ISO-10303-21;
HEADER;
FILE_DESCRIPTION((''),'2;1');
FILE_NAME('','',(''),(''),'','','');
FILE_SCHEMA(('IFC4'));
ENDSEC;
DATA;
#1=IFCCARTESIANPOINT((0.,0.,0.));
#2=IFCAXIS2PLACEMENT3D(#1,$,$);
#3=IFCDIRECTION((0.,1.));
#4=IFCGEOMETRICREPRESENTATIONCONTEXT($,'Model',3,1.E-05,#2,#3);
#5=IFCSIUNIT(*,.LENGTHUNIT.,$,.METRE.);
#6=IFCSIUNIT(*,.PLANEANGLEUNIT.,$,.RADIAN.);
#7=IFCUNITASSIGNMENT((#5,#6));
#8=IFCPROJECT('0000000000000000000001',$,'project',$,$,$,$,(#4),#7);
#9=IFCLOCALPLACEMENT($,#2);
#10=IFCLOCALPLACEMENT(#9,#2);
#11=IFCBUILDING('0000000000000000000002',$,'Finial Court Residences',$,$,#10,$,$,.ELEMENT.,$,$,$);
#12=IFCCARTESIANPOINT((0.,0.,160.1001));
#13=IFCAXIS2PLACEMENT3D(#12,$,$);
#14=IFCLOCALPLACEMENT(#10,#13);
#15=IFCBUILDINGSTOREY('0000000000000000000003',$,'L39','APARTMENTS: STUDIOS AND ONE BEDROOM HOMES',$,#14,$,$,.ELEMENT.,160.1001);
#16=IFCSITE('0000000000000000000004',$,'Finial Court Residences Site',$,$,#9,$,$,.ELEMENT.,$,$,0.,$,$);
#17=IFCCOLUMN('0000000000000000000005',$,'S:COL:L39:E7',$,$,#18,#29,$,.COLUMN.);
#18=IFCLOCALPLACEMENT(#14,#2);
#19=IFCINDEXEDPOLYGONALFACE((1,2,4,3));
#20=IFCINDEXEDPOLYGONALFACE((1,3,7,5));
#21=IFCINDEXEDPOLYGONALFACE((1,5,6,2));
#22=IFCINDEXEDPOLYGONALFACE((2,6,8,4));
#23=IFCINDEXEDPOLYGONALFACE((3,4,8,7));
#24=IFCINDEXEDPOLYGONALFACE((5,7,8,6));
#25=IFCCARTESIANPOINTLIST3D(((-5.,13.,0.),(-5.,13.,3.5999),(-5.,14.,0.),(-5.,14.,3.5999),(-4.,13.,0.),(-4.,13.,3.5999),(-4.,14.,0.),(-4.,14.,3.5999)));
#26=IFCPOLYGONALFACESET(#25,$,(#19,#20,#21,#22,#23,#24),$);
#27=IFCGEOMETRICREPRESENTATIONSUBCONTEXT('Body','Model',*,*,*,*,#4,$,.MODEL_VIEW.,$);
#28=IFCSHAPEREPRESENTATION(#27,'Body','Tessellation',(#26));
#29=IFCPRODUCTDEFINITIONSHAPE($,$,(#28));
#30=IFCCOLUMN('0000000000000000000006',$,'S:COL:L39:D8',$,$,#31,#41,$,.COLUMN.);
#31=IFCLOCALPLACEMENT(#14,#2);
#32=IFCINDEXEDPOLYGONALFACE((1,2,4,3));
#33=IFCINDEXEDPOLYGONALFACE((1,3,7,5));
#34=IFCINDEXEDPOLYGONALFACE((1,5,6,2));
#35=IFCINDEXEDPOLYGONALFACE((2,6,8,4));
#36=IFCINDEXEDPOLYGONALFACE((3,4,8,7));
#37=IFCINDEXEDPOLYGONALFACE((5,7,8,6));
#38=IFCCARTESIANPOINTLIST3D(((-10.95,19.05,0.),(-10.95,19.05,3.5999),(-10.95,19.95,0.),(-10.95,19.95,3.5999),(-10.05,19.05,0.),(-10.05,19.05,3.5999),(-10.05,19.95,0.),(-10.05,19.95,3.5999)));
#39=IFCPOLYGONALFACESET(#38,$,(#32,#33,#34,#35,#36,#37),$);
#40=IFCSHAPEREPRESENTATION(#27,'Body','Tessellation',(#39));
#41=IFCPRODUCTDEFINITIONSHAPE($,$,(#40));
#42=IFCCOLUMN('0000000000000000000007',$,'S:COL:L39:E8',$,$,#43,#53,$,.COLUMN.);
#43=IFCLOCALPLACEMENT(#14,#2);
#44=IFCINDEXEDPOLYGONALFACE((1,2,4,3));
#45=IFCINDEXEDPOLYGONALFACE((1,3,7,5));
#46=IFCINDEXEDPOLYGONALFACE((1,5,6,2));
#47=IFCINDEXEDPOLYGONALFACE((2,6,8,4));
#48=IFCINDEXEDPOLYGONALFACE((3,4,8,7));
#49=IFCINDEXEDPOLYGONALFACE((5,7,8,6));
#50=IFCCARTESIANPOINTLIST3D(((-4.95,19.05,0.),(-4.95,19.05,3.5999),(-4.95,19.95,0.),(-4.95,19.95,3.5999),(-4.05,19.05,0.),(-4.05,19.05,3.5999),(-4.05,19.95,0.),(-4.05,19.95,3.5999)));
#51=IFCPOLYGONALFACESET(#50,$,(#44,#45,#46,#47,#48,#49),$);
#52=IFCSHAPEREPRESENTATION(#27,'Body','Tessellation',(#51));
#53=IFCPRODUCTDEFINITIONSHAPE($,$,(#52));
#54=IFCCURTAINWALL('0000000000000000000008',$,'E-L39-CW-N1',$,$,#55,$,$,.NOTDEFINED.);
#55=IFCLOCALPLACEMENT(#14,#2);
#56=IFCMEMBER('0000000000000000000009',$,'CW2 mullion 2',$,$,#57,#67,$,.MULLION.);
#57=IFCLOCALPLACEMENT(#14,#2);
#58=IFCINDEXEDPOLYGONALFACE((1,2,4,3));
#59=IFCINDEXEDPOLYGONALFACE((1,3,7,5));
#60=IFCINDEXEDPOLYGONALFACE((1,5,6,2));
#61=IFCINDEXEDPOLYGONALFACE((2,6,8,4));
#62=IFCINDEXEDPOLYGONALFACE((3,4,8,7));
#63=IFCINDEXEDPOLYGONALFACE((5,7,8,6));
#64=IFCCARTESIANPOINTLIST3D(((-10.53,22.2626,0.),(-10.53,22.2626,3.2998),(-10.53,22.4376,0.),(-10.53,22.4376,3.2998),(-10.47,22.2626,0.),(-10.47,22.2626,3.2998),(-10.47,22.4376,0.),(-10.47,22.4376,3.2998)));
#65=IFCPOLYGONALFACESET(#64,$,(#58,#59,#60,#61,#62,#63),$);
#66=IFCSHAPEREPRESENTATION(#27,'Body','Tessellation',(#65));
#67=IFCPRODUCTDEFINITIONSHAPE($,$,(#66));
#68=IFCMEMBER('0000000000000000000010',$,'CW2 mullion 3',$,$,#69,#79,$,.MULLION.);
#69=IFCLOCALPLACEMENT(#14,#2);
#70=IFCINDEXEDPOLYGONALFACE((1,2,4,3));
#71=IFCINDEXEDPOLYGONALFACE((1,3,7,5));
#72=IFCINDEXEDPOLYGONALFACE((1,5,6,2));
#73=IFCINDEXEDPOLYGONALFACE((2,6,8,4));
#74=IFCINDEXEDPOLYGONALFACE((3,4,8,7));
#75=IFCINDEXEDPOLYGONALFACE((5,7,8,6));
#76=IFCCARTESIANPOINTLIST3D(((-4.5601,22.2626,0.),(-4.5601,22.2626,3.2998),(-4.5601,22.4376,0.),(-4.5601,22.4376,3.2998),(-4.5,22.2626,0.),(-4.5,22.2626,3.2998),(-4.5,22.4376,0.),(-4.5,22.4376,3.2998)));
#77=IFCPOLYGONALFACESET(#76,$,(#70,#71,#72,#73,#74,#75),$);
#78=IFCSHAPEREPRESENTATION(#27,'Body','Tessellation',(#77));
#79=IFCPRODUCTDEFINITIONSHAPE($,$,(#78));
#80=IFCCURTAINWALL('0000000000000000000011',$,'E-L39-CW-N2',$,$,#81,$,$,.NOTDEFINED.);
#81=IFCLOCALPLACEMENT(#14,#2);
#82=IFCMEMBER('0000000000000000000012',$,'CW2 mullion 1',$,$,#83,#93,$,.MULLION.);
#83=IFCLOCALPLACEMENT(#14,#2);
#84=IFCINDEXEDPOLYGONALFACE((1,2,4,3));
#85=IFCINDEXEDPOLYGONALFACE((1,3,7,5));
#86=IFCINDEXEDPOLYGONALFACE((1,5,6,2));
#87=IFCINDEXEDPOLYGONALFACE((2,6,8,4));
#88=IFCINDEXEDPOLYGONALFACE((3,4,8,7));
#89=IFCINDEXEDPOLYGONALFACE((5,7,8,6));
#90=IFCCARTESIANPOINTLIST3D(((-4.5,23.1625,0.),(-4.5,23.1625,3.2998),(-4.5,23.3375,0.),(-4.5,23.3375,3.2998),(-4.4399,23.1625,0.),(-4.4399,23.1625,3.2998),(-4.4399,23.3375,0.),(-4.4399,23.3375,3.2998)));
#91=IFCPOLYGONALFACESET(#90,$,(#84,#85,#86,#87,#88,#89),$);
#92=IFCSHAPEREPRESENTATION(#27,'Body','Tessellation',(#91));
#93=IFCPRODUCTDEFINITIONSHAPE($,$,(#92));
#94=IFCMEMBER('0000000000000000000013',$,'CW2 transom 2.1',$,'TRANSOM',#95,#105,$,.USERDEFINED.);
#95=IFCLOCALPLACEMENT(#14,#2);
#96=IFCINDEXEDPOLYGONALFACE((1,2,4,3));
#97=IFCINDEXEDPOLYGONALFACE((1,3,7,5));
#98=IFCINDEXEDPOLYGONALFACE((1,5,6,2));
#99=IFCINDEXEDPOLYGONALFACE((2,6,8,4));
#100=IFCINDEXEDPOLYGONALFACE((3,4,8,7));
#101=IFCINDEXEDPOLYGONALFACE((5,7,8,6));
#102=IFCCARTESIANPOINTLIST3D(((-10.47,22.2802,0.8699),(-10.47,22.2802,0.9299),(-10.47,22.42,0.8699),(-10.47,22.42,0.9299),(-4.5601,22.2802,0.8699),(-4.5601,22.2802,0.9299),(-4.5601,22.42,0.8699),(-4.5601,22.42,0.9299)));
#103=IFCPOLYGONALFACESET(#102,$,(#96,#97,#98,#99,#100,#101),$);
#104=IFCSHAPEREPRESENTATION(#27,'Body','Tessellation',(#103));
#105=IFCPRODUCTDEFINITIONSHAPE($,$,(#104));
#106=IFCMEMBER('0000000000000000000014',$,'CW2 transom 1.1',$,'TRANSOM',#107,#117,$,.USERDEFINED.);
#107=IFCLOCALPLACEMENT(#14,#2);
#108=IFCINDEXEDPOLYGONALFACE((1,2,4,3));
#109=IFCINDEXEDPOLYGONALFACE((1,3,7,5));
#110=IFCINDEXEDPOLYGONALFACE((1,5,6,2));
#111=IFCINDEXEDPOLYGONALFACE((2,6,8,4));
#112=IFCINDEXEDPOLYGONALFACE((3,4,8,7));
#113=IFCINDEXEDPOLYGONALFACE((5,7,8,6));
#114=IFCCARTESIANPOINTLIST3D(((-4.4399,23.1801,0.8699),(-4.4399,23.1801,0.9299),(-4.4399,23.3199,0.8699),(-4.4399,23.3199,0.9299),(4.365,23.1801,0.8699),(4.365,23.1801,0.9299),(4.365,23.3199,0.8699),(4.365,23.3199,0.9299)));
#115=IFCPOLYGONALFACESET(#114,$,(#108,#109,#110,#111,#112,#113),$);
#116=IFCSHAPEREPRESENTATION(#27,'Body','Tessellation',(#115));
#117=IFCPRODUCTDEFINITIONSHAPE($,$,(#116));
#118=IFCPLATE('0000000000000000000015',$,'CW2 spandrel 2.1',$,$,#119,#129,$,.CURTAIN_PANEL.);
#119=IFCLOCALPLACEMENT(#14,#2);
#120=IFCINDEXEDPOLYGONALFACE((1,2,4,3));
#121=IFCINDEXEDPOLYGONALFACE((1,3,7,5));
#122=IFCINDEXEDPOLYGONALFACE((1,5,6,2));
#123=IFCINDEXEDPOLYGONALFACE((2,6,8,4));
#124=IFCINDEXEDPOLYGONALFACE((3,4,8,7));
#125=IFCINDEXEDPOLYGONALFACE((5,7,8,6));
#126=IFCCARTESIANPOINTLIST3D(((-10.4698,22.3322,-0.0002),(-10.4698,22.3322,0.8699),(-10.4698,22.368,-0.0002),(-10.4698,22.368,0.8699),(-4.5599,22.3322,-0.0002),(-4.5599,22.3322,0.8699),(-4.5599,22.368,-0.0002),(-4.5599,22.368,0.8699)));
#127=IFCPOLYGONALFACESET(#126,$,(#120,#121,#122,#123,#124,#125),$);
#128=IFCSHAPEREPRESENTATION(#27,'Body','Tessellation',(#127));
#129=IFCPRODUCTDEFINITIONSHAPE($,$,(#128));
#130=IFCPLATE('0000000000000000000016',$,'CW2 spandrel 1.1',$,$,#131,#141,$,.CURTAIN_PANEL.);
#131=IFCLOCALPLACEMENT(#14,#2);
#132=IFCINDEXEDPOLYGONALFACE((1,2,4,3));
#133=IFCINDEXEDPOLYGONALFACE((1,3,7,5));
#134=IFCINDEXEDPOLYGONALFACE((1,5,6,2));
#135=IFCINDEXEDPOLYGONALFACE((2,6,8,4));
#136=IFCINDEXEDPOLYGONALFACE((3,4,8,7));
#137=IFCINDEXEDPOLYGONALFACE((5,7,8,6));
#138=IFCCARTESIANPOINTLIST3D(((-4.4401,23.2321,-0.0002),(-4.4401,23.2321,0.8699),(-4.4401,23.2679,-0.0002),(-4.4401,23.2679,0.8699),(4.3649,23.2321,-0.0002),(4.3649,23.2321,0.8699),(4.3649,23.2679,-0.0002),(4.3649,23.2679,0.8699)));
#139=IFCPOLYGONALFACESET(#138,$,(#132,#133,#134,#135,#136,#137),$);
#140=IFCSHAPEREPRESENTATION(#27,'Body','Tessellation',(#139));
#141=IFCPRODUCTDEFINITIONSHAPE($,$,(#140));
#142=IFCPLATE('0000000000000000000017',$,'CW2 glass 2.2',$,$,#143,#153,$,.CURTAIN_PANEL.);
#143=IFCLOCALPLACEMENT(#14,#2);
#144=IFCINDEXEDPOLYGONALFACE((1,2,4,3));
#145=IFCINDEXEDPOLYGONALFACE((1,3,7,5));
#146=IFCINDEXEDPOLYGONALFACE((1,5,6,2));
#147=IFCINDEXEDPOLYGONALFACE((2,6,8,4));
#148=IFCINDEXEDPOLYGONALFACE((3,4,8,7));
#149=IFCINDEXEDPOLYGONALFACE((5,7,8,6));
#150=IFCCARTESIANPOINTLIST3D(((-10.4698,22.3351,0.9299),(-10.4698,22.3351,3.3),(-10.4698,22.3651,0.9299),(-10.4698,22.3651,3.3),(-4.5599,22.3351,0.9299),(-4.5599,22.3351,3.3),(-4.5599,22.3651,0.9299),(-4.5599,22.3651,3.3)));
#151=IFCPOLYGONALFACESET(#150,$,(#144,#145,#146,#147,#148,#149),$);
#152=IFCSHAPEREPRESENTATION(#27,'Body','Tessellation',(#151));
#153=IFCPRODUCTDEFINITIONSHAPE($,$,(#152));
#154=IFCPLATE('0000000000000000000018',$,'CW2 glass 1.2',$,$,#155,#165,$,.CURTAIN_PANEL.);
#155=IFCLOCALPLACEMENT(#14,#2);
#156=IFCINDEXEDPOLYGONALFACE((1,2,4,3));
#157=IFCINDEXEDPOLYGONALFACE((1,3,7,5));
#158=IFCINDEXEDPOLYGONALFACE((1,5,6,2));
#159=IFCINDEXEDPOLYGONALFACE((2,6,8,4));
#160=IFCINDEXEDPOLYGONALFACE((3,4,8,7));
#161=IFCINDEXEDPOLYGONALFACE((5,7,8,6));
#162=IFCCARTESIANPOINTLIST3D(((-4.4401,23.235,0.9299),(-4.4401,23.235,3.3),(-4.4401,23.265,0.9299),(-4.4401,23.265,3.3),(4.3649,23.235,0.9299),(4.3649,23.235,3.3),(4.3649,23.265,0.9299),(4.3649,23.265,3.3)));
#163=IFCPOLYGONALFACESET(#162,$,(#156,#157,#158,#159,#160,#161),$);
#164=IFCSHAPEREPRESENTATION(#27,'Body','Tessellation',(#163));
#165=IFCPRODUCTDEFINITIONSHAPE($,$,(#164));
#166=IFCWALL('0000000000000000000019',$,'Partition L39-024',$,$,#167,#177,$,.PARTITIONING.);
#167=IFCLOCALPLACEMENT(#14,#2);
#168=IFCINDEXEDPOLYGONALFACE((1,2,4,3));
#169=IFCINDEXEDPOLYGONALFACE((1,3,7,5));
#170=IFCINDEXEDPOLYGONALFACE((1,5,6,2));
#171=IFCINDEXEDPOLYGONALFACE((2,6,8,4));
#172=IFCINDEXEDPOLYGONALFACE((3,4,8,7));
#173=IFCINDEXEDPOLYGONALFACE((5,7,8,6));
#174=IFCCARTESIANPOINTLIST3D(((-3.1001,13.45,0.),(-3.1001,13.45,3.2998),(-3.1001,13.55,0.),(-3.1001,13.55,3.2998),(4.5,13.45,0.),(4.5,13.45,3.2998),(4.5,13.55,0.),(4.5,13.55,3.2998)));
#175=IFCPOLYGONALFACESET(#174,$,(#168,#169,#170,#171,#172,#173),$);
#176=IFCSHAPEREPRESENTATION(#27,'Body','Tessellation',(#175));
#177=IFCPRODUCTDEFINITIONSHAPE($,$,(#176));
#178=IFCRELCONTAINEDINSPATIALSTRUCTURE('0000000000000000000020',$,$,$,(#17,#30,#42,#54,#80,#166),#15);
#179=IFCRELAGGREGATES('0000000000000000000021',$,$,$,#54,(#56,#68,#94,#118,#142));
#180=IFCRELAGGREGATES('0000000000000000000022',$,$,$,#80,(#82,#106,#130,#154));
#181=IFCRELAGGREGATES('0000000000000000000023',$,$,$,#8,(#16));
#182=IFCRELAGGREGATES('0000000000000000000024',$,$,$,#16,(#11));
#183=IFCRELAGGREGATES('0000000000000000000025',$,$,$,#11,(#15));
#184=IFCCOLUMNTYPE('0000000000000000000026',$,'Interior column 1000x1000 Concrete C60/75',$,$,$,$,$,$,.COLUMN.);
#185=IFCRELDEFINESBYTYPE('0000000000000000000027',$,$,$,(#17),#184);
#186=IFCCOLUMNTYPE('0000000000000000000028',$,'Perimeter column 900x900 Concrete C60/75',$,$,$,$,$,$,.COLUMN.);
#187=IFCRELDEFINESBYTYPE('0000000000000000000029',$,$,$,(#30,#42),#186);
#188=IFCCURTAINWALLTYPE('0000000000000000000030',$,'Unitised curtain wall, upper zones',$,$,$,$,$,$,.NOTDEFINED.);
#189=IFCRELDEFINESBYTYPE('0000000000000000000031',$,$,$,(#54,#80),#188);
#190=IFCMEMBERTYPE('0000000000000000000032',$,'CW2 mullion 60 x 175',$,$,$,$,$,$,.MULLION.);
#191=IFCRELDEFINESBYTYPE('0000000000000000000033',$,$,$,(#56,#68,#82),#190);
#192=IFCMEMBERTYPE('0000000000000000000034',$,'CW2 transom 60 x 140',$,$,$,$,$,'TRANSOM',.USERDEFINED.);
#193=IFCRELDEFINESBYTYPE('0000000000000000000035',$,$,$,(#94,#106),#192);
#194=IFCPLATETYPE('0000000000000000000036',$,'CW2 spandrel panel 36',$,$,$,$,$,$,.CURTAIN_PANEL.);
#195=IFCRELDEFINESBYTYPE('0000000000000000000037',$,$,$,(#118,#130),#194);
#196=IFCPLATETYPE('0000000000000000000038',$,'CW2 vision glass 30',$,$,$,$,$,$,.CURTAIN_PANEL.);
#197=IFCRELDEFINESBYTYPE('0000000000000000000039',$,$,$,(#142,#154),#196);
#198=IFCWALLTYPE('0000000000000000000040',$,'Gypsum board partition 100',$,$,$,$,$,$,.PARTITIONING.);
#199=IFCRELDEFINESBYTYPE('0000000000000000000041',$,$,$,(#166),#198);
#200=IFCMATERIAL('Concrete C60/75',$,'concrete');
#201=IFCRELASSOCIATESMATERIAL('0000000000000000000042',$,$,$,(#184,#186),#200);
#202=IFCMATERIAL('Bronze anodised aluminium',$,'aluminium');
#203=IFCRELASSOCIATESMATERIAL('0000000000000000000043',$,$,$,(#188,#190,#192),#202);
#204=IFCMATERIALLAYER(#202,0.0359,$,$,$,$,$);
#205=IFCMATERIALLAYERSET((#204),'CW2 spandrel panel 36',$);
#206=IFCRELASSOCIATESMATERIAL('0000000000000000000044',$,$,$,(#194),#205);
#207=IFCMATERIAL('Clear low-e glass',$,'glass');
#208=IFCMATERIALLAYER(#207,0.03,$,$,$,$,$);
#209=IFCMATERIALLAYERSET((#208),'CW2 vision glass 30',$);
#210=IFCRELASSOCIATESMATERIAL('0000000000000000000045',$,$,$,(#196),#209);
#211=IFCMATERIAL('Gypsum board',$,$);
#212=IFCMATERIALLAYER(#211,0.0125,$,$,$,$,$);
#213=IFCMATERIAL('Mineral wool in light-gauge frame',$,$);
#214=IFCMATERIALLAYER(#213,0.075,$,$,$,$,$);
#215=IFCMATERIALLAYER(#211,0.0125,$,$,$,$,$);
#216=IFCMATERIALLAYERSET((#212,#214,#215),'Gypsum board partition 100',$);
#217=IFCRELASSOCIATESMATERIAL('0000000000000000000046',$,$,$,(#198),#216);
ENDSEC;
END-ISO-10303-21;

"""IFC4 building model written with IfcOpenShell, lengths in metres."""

from ifc_helpers import new_model, si_unit, direction, frame, frame_2d, origin, origin_2d, place, context, subcontext, project, spatial, rectangle, extrude, material, layer, layer_set, material_profile, profile_set, type_object, element, aggregate, save


model = new_model("IFC4")

# Units and contexts
model_context = context("Model", 3, precision=1e-05, world=origin(), true_north=direction((0.0, 1.0)))
body_context = subcontext(model_context, "Body", "Model", "MODEL_VIEW")
ifc_project = project(units=[si_unit("LENGTHUNIT", "METRE"), si_unit("PLANEANGLEUNIT", "RADIAN")], contexts=[model_context])

# Site, building, storey
site_placement = place(None, origin())
site = spatial("IfcSite", under=ifc_project, at=site_placement, Name="Finial Court Residences Site", CompositionType="ELEMENT", RefElevation=0.0)
building_placement = place(site_placement, origin())
building = spatial("IfcBuilding", under=site, at=building_placement, Name="Finial Court Residences", CompositionType="ELEMENT")
storey_placement = place(building_placement, frame((0.0, 0.0, 160.1001)))
storey = spatial("IfcBuildingStorey", under=building, at=storey_placement, Name="L39", Description="APARTMENTS: STUDIOS AND ONE BEDROOM HOMES", CompositionType="ELEMENT", Elevation=160.1001)

# Columns
ifc_material_1 = material(Name="Concrete C60/75", Category="concrete")
ifc_material_profile_1 = material_profile(ifc_material_1, rectangle(XDim=1.0, YDim=1.0, at=origin_2d()), Name="1000x1000")
ifc_profile_set_1 = profile_set([ifc_material_profile_1], Name="Concrete C60/75")
column_type_1 = type_object("IfcColumnType", Name="Interior column 1000x1000 Concrete C60/75", PredefinedType="COLUMN", material=ifc_profile_set_1)
column_placement = place(storey_placement, frame((-4.5, 13.5, 0.0), z_axis=(0.0, 0.0, 1.0), x_axis=(1.0, 0.0, 0.0)))
element("IfcColumn", 1, at=column_placement, inside=storey, type_object=column_type_1, Name="S:COL:L39:E7", PredefinedType="COLUMN", context=body_context, shape_type="SweptSolid", body=[
    extrude(rectangle(XDim=1.0, YDim=1.0, at=origin_2d()), origin(), (0.0, 0.0, 1.0), 3.5999),
])
ifc_material_profile_2 = material_profile(ifc_material_1, rectangle(XDim=0.8999, YDim=0.8999, at=origin_2d()), Name="900x900")
ifc_profile_set_2 = profile_set([ifc_material_profile_2], Name="Concrete C60/75")
column_type_2 = type_object("IfcColumnType", Name="Perimeter column 900x900 Concrete C60/75", PredefinedType="COLUMN", material=ifc_profile_set_2)
for number, where, z_axis, x_axis, name in (
    (2, (-10.5, 19.5, 0.0), (0.0, 0.0, 1.0), (1.0, 0.0, 0.0), "S:COL:L39:D8"),
    (3, (-4.5, 19.5, 0.0), (0.0, 0.0, 1.0), (1.0, 0.0, 0.0), "S:COL:L39:E8"),
):
    element("IfcColumn", number, at=place(storey_placement, frame(where, z_axis=z_axis, x_axis=x_axis)), inside=storey, type_object=column_type_2, Name=name, PredefinedType="COLUMN", context=body_context, shape_type="SweptSolid", body=[
        extrude(rectangle(XDim=0.8999, YDim=0.8999, at=origin_2d()), origin(), (0.0, 0.0, 1.0), 3.5999),
    ])

# Curtain wall, members
ifc_material_2 = material(Name="Bronze anodised aluminium", Category="aluminium")
curtain_wall_type = type_object("IfcCurtainWallType", Name="Unitised curtain wall, upper zones", PredefinedType="NOTDEFINED", material=ifc_material_2)
curtain_wall_1_placement = place(storey_placement, origin())
curtain_wall_1 = element("IfcCurtainWall", 4, at=curtain_wall_1_placement, inside=storey, type_object=curtain_wall_type, Name="E-L39-CW-N1", PredefinedType="NOTDEFINED")
ifc_material_profile_3 = material_profile(ifc_material_2, rectangle(XDim=0.175, YDim=0.0601, at=origin_2d()), Name="CW2 mullion 60 x 175")
ifc_profile_set_3 = profile_set([ifc_material_profile_3], Name="Bronze anodised aluminium")
member_type_1 = type_object("IfcMemberType", Name="CW2 mullion 60 x 175", PredefinedType="MULLION", material=ifc_profile_set_3)
member_1_placement = place(storey_placement, frame((-10.5, 22.3501, 0.0), z_axis=(0.0, 0.0, 1.0), x_axis=(0.0, 1.0, 0.0)))
member_1 = element("IfcMember", 5, at=member_1_placement, type_object=member_type_1, Name="CW2 mullion 2", PredefinedType="MULLION", context=body_context, shape_type="SweptSolid", body=[
    extrude(rectangle(XDim=0.175, YDim=0.0601, at=origin_2d()), origin(), (0.0, 0.0, 1.0), 3.2998),
])
member_2_placement = place(storey_placement, frame((-4.53, 22.3501, 0.0), z_axis=(0.0, 0.0, 1.0), x_axis=(0.0, 1.0, 0.0)))
member_2 = element("IfcMember", 6, at=member_2_placement, type_object=member_type_1, Name="CW2 mullion 3", PredefinedType="MULLION", context=body_context, shape_type="SweptSolid", body=[
    extrude(rectangle(XDim=0.175, YDim=0.0601, at=origin_2d()), origin(), (0.0, 0.0, 1.0), 3.2998),
])

# Curtain wall, member
curtain_wall_2_placement = place(storey_placement, origin())
curtain_wall_2 = element("IfcCurtainWall", 7, at=curtain_wall_2_placement, inside=storey, type_object=curtain_wall_type, Name="E-L39-CW-N2", PredefinedType="NOTDEFINED")
member_3_placement = place(storey_placement, frame((-4.47, 23.25, 0.0), z_axis=(0.0, 0.0, 1.0), x_axis=(0.0, 1.0, 0.0)))
member_3 = element("IfcMember", 8, at=member_3_placement, type_object=member_type_1, Name="CW2 mullion 1", PredefinedType="MULLION", context=body_context, shape_type="SweptSolid", body=[
    extrude(rectangle(XDim=0.175, YDim=0.0601, at=origin_2d()), origin(), (0.0, 0.0, 1.0), 3.2998),
])

# Members
ifc_material_profile_4 = material_profile(ifc_material_2, rectangle(XDim=0.1399, YDim=0.0601, at=origin_2d()), Name="CW2 transom 60 x 140")
ifc_profile_set_4 = profile_set([ifc_material_profile_4], Name="Bronze anodised aluminium")
member_type_2 = type_object("IfcMemberType", Name="CW2 transom 60 x 140", ElementType="TRANSOM", PredefinedType="USERDEFINED", material=ifc_profile_set_4)
member_4_placement = place(storey_placement, frame((-10.47, 22.3501, 0.8999), z_axis=(1.0, 0.0, 0.0), x_axis=(0.0, 1.0, 0.0)))
member_4 = element("IfcMember", 9, at=member_4_placement, type_object=member_type_2, Name="CW2 transom 2.1", ObjectType="TRANSOM", PredefinedType="USERDEFINED", context=body_context, shape_type="SweptSolid", body=[
    extrude(rectangle(XDim=0.1399, YDim=0.0601, at=origin_2d()), origin(), (0.0, 0.0, 1.0), 5.9099),
])
member_5_placement = place(storey_placement, frame((-4.4399, 23.25, 0.8999), z_axis=(1.0, 0.0, 0.0), x_axis=(0.0, 1.0, 0.0)))
member_5 = element("IfcMember", 10, at=member_5_placement, type_object=member_type_2, Name="CW2 transom 1.1", ObjectType="TRANSOM", PredefinedType="USERDEFINED", context=body_context, shape_type="SweptSolid", body=[
    extrude(rectangle(XDim=0.1399, YDim=0.0601, at=origin_2d()), origin(), (0.0, 0.0, 1.0), 8.8049),
])

# Plates
ifc_layer_1 = layer(ifc_material_2, 0.0359)
ifc_layer_set_1 = layer_set([ifc_layer_1], Name="CW2 spandrel panel 36")
plate_type_1 = type_object("IfcPlateType", Name="CW2 spandrel panel 36", PredefinedType="CURTAIN_PANEL", material=ifc_layer_set_1)
plate_1_placement = place(storey_placement, frame((-7.5149, 22.3501, -0.0002), z_axis=(0.0, 0.0, 1.0), x_axis=(1.0, 0.0, 0.0)))
plate_1 = element("IfcPlate", 11, at=plate_1_placement, type_object=plate_type_1, Name="CW2 spandrel 2.1", PredefinedType="CURTAIN_PANEL", context=body_context, shape_type="SweptSolid", body=[
    extrude(rectangle(XDim=5.9099, YDim=0.0359, at=origin_2d()), origin(), (0.0, 0.0, 1.0), 0.8701),
])
plate_2_placement = place(storey_placement, frame((-0.0376, 23.25, -0.0002), z_axis=(0.0, 0.0, 1.0), x_axis=(1.0, 0.0, 0.0)))
plate_2 = element("IfcPlate", 12, at=plate_2_placement, type_object=plate_type_1, Name="CW2 spandrel 1.1", PredefinedType="CURTAIN_PANEL", context=body_context, shape_type="SweptSolid", body=[
    extrude(rectangle(XDim=8.8049, YDim=0.0359, at=origin_2d()), origin(), (0.0, 0.0, 1.0), 0.8701),
])
ifc_material_3 = material(Name="Clear low-e glass", Category="glass")
ifc_layer_2 = layer(ifc_material_3, 0.03)
ifc_layer_set_2 = layer_set([ifc_layer_2], Name="CW2 vision glass 30")
plate_type_2 = type_object("IfcPlateType", Name="CW2 vision glass 30", PredefinedType="CURTAIN_PANEL", material=ifc_layer_set_2)
plate_3_placement = place(storey_placement, frame((-7.5149, 22.3501, 0.9299), z_axis=(0.0, 0.0, 1.0), x_axis=(1.0, 0.0, 0.0)))
plate_3 = element("IfcPlate", 13, at=plate_3_placement, type_object=plate_type_2, Name="CW2 glass 2.2", PredefinedType="CURTAIN_PANEL", context=body_context, shape_type="SweptSolid", body=[
    extrude(rectangle(XDim=5.9099, YDim=0.03, at=origin_2d()), origin(), (0.0, 0.0, 1.0), 2.3701),
])
aggregate(curtain_wall_1, [member_1, member_2, member_4, plate_1, plate_3])
plate_4_placement = place(storey_placement, frame((-0.0376, 23.25, 0.9299), z_axis=(0.0, 0.0, 1.0), x_axis=(1.0, 0.0, 0.0)))
plate_4 = element("IfcPlate", 14, at=plate_4_placement, type_object=plate_type_2, Name="CW2 glass 1.2", PredefinedType="CURTAIN_PANEL", context=body_context, shape_type="SweptSolid", body=[
    extrude(rectangle(XDim=8.8049, YDim=0.03, at=origin_2d()), origin(), (0.0, 0.0, 1.0), 2.3701),
])
aggregate(curtain_wall_2, [member_3, member_5, plate_2, plate_4])

# Wall
ifc_material_4 = material(Name="Gypsum board")
ifc_layer_3 = layer(ifc_material_4, 0.0125)
ifc_material_5 = material(Name="Mineral wool in light-gauge frame")
ifc_layer_4 = layer(ifc_material_5, 0.075)
ifc_layer_5 = layer(ifc_material_4, 0.0125)
ifc_layer_set_3 = layer_set([ifc_layer_3, ifc_layer_4, ifc_layer_5], Name="Gypsum board partition 100")
wall_type = type_object("IfcWallType", Name="Gypsum board partition 100", PredefinedType="PARTITIONING", material=ifc_layer_set_3)
wall_1_placement = place(storey_placement, frame((-3.1001, 13.5, 0.0), z_axis=(0.0, 0.0, 1.0), x_axis=(1.0, 0.0, 0.0)))
element("IfcWall", 15, at=wall_1_placement, inside=storey, type_object=wall_type, Name="Partition L39-024", PredefinedType="PARTITIONING", context=body_context, shape_type="SweptSolid", body=[
    extrude(rectangle(XDim=7.6001, YDim=0.1001, at=frame_2d((3.8, 0.0))), origin(), (0.0, 0.0, 1.0), 3.2998),
])

save(model, "model.ifc")
